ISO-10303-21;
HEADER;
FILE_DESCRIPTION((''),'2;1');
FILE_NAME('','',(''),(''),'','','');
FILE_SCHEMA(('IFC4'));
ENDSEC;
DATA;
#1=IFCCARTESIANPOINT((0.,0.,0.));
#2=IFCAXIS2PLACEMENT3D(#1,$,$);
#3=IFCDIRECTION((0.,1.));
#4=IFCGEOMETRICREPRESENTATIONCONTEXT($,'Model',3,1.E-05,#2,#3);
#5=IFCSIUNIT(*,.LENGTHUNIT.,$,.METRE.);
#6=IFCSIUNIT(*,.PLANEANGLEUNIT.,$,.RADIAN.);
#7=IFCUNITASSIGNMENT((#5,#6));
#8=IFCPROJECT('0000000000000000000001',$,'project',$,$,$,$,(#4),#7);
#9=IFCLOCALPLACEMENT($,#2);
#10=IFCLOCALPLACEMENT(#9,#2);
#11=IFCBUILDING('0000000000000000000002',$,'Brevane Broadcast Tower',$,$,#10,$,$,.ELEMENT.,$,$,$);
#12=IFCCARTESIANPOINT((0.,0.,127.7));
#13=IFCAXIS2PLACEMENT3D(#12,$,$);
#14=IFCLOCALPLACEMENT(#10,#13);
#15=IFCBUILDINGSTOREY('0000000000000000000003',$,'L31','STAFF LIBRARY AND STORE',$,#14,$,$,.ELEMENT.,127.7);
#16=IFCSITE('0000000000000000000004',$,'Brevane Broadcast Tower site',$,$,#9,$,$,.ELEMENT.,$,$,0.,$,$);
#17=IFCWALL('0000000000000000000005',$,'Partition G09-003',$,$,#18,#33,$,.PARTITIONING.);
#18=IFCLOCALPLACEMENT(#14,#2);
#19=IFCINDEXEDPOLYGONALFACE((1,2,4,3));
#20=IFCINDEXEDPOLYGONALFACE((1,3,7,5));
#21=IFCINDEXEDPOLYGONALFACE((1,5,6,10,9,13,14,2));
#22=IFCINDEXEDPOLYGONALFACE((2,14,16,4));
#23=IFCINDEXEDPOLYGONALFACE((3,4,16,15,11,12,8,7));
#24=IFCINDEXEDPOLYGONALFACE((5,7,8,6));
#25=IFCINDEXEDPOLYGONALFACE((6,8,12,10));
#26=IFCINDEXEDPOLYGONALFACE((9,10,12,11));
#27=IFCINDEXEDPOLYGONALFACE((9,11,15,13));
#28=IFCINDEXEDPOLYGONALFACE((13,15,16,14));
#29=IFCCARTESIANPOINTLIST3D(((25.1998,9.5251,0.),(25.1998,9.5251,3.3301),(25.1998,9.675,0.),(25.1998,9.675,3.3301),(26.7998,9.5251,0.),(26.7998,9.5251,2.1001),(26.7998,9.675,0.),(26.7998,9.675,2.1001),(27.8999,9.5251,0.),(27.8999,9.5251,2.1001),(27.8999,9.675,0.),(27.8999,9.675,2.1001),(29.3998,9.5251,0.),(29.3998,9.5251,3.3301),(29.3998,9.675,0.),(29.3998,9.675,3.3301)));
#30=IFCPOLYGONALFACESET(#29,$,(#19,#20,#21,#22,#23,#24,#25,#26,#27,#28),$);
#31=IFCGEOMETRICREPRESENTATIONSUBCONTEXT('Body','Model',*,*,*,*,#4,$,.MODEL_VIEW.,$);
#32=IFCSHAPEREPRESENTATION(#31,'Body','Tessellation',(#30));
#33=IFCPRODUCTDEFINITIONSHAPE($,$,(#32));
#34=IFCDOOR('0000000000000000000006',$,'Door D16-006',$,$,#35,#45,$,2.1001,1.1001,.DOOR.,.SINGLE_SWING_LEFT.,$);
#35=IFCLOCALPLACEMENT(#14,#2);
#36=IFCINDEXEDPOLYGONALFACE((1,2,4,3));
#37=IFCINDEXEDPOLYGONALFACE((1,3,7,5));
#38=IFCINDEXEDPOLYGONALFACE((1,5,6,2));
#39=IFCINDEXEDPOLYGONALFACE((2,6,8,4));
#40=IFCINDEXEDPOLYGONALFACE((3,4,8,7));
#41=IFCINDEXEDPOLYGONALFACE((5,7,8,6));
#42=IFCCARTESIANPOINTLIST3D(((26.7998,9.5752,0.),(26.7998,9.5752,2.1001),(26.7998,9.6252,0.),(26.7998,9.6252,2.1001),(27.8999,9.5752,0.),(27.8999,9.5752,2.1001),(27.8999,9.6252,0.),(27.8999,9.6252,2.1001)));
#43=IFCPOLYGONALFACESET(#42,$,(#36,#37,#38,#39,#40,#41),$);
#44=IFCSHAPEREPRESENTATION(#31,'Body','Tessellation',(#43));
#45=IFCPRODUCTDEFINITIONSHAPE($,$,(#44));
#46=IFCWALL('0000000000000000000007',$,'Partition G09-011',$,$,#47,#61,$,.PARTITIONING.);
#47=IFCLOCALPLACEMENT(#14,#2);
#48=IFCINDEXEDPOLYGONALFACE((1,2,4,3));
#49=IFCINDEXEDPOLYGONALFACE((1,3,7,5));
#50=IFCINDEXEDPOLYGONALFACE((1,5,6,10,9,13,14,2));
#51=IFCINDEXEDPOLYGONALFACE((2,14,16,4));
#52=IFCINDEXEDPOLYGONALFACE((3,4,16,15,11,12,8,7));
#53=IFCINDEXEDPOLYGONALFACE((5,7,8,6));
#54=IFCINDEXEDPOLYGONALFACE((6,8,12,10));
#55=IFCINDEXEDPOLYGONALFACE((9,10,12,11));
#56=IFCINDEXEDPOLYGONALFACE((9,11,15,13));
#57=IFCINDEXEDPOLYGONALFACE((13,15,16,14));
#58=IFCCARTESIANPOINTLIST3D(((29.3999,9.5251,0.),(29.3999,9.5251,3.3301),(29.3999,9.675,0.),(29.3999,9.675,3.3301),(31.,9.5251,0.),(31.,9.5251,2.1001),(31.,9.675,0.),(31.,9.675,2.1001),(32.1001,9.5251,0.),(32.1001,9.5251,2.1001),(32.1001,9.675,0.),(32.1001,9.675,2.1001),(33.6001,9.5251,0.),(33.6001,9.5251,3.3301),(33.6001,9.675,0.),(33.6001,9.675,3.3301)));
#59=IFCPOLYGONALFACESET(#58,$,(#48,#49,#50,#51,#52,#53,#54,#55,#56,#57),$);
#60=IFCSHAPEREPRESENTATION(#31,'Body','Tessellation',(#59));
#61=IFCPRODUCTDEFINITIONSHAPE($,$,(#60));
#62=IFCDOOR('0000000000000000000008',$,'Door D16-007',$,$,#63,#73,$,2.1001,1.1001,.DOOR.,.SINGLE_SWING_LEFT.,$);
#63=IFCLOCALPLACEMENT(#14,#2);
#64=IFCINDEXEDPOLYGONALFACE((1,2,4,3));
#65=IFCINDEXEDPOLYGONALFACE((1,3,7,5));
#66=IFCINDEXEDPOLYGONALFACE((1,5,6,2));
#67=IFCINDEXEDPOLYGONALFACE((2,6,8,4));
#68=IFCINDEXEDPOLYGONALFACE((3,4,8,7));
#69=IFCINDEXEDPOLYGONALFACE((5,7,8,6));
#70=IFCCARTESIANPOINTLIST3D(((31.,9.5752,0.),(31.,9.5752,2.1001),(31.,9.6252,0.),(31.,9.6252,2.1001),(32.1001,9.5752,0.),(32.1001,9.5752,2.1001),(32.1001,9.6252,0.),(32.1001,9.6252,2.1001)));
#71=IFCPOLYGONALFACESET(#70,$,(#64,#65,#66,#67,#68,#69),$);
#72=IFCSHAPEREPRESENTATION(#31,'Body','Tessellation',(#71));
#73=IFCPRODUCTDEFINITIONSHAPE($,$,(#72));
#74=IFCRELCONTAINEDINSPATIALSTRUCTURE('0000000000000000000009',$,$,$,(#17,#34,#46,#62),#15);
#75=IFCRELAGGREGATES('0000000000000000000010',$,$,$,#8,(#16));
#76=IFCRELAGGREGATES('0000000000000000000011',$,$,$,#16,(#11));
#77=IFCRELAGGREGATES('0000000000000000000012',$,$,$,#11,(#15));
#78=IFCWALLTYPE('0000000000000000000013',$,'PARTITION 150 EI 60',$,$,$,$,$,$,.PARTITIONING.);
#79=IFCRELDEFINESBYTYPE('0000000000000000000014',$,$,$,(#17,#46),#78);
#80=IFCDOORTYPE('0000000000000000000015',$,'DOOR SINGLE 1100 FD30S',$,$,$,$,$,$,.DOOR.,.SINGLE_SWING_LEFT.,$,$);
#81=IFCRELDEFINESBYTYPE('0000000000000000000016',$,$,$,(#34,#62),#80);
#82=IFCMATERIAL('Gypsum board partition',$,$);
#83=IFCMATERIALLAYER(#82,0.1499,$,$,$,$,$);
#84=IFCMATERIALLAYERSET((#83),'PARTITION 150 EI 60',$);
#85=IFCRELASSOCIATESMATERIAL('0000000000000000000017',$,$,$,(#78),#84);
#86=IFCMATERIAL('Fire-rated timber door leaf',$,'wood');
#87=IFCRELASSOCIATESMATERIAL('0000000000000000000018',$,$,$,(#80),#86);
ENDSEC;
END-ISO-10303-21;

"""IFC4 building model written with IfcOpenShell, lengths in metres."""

from ifc_helpers import new_model, si_unit, direction, frame, frame_2d, origin, place, context, subcontext, project, spatial, rectangle, extrude, material, layer, layer_set, type_object, element, fill, save


model = new_model("IFC4")

# Units and contexts
model_context = context("Model", 3, precision=1e-05, world=origin(), true_north=direction((0.0, 1.0)))
body_context = subcontext(model_context, "Body", "Model", "MODEL_VIEW")
ifc_project = project(units=[si_unit("LENGTHUNIT", "METRE"), si_unit("PLANEANGLEUNIT", "RADIAN")], contexts=[model_context])

# Site, building, storey
site_placement = place(None, origin())
site = spatial("IfcSite", under=ifc_project, at=site_placement, Name="Brevane Broadcast Tower site", CompositionType="ELEMENT", RefElevation=0.0)
building_placement = place(site_placement, origin())
building = spatial("IfcBuilding", under=site, at=building_placement, Name="Brevane Broadcast Tower", CompositionType="ELEMENT")
storey_placement = place(building_placement, frame((0.0, 0.0, 127.7)))
storey = spatial("IfcBuildingStorey", under=building, at=storey_placement, Name="L31", Description="STAFF LIBRARY AND STORE", CompositionType="ELEMENT", Elevation=127.7)

# Shared definitions
ifc_material_1 = material(Name="Gypsum board partition")

# Walls, openings, doors
ifc_layer_1 = layer(ifc_material_1, 0.1499)
ifc_layer_set_1 = layer_set([ifc_layer_1], Name="PARTITION 150 EI 60")
wall_type_1 = type_object("IfcWallType", Name="PARTITION 150 EI 60", PredefinedType="PARTITIONING", material=ifc_layer_set_1)
wall_1_placement = place(storey_placement, frame((29.3999, 9.6001, 0.0), z_axis=(0.0, 0.0, 1.0), x_axis=(-1.0, 0.0, 0.0)))
wall_1 = element("IfcWall", 1, at=wall_1_placement, inside=storey, type_object=wall_type_1, Name="Partition G09-003", PredefinedType="PARTITIONING", context=body_context, shape_type="SweptSolid", body=[
    extrude(rectangle(XDim=4.2, YDim=0.1499, at=frame_2d((2.1001, 0.0))), origin(), (0.0, 0.0, 1.0), 3.3301),
])
opening_1_placement = place(wall_1_placement, frame((1.5, 0.0, 0.0)))
opening_1 = element("IfcOpeningElement", 2, at=opening_1_placement, cuts=wall_1, PredefinedType="OPENING", context=body_context, shape_type="SweptSolid", body=[
    extrude(rectangle(XDim=1.1001, YDim=2.1001, at=frame_2d((0.55, 1.05))), frame((0.0, 0.085, 0.0), z_axis=(0.0, -1.0, 0.0), x_axis=(1.0, 0.0, 0.0)), (0.0, 0.0, 1.0), 0.1699),
])
ifc_material_2 = material(Name="Fire-rated timber door leaf", Category="wood")
door_type = type_object("IfcDoorType", Name="DOOR SINGLE 1100 FD30S", OperationType="SINGLE_SWING_LEFT", PredefinedType="DOOR", material=ifc_material_2)
door_1_placement = place(opening_1_placement, origin())
door_1 = element("IfcDoor", 3, at=door_1_placement, inside=storey, type_object=door_type, Name="Door D16-006", OperationType="SINGLE_SWING_LEFT", OverallHeight=2.1001, OverallWidth=1.1001, PredefinedType="DOOR", context=body_context, shape_type="SweptSolid", body=[
    extrude(rectangle(XDim=1.1001, YDim=2.1001, at=frame_2d((0.55, 1.05))), frame((0.0, 0.0249, 0.0), z_axis=(0.0, -1.0, 0.0), x_axis=(1.0, 0.0, 0.0)), (0.0, 0.0, 1.0), 0.05),
])
fill(opening_1, door_1)
wall_2_placement = place(storey_placement, frame((33.6001, 9.6001, 0.0), z_axis=(0.0, 0.0, 1.0), x_axis=(-1.0, 0.0, 0.0)))
wall_2 = element("IfcWall", 4, at=wall_2_placement, inside=storey, type_object=wall_type_1, Name="Partition G09-011", PredefinedType="PARTITIONING", context=body_context, shape_type="SweptSolid", body=[
    extrude(rectangle(XDim=4.2002, YDim=0.1499, at=frame_2d((2.1001, 0.0))), origin(), (0.0, 0.0, 1.0), 3.3301),
])
opening_2_placement = place(wall_2_placement, frame((1.5, 0.0, 0.0)))
opening_2 = element("IfcOpeningElement", 5, at=opening_2_placement, cuts=wall_2, PredefinedType="OPENING", context=body_context, shape_type="SweptSolid", body=[
    extrude(rectangle(XDim=1.1001, YDim=2.1001, at=frame_2d((0.55, 1.05))), frame((0.0, 0.085, 0.0), z_axis=(0.0, -1.0, 0.0), x_axis=(1.0, 0.0, 0.0)), (0.0, 0.0, 1.0), 0.1699),
])
door_2_placement = place(opening_2_placement, origin())
door_2 = element("IfcDoor", 6, at=door_2_placement, inside=storey, type_object=door_type, Name="Door D16-007", OperationType="SINGLE_SWING_LEFT", OverallHeight=2.1001, OverallWidth=1.1001, PredefinedType="DOOR", context=body_context, shape_type="SweptSolid", body=[
    extrude(rectangle(XDim=1.1001, YDim=2.1001, at=frame_2d((0.55, 1.05))), frame((0.0, 0.0249, 0.0), z_axis=(0.0, -1.0, 0.0), x_axis=(1.0, 0.0, 0.0)), (0.0, 0.0, 1.0), 0.05),
])
fill(opening_2, door_2)

save(model, "model.ifc")
